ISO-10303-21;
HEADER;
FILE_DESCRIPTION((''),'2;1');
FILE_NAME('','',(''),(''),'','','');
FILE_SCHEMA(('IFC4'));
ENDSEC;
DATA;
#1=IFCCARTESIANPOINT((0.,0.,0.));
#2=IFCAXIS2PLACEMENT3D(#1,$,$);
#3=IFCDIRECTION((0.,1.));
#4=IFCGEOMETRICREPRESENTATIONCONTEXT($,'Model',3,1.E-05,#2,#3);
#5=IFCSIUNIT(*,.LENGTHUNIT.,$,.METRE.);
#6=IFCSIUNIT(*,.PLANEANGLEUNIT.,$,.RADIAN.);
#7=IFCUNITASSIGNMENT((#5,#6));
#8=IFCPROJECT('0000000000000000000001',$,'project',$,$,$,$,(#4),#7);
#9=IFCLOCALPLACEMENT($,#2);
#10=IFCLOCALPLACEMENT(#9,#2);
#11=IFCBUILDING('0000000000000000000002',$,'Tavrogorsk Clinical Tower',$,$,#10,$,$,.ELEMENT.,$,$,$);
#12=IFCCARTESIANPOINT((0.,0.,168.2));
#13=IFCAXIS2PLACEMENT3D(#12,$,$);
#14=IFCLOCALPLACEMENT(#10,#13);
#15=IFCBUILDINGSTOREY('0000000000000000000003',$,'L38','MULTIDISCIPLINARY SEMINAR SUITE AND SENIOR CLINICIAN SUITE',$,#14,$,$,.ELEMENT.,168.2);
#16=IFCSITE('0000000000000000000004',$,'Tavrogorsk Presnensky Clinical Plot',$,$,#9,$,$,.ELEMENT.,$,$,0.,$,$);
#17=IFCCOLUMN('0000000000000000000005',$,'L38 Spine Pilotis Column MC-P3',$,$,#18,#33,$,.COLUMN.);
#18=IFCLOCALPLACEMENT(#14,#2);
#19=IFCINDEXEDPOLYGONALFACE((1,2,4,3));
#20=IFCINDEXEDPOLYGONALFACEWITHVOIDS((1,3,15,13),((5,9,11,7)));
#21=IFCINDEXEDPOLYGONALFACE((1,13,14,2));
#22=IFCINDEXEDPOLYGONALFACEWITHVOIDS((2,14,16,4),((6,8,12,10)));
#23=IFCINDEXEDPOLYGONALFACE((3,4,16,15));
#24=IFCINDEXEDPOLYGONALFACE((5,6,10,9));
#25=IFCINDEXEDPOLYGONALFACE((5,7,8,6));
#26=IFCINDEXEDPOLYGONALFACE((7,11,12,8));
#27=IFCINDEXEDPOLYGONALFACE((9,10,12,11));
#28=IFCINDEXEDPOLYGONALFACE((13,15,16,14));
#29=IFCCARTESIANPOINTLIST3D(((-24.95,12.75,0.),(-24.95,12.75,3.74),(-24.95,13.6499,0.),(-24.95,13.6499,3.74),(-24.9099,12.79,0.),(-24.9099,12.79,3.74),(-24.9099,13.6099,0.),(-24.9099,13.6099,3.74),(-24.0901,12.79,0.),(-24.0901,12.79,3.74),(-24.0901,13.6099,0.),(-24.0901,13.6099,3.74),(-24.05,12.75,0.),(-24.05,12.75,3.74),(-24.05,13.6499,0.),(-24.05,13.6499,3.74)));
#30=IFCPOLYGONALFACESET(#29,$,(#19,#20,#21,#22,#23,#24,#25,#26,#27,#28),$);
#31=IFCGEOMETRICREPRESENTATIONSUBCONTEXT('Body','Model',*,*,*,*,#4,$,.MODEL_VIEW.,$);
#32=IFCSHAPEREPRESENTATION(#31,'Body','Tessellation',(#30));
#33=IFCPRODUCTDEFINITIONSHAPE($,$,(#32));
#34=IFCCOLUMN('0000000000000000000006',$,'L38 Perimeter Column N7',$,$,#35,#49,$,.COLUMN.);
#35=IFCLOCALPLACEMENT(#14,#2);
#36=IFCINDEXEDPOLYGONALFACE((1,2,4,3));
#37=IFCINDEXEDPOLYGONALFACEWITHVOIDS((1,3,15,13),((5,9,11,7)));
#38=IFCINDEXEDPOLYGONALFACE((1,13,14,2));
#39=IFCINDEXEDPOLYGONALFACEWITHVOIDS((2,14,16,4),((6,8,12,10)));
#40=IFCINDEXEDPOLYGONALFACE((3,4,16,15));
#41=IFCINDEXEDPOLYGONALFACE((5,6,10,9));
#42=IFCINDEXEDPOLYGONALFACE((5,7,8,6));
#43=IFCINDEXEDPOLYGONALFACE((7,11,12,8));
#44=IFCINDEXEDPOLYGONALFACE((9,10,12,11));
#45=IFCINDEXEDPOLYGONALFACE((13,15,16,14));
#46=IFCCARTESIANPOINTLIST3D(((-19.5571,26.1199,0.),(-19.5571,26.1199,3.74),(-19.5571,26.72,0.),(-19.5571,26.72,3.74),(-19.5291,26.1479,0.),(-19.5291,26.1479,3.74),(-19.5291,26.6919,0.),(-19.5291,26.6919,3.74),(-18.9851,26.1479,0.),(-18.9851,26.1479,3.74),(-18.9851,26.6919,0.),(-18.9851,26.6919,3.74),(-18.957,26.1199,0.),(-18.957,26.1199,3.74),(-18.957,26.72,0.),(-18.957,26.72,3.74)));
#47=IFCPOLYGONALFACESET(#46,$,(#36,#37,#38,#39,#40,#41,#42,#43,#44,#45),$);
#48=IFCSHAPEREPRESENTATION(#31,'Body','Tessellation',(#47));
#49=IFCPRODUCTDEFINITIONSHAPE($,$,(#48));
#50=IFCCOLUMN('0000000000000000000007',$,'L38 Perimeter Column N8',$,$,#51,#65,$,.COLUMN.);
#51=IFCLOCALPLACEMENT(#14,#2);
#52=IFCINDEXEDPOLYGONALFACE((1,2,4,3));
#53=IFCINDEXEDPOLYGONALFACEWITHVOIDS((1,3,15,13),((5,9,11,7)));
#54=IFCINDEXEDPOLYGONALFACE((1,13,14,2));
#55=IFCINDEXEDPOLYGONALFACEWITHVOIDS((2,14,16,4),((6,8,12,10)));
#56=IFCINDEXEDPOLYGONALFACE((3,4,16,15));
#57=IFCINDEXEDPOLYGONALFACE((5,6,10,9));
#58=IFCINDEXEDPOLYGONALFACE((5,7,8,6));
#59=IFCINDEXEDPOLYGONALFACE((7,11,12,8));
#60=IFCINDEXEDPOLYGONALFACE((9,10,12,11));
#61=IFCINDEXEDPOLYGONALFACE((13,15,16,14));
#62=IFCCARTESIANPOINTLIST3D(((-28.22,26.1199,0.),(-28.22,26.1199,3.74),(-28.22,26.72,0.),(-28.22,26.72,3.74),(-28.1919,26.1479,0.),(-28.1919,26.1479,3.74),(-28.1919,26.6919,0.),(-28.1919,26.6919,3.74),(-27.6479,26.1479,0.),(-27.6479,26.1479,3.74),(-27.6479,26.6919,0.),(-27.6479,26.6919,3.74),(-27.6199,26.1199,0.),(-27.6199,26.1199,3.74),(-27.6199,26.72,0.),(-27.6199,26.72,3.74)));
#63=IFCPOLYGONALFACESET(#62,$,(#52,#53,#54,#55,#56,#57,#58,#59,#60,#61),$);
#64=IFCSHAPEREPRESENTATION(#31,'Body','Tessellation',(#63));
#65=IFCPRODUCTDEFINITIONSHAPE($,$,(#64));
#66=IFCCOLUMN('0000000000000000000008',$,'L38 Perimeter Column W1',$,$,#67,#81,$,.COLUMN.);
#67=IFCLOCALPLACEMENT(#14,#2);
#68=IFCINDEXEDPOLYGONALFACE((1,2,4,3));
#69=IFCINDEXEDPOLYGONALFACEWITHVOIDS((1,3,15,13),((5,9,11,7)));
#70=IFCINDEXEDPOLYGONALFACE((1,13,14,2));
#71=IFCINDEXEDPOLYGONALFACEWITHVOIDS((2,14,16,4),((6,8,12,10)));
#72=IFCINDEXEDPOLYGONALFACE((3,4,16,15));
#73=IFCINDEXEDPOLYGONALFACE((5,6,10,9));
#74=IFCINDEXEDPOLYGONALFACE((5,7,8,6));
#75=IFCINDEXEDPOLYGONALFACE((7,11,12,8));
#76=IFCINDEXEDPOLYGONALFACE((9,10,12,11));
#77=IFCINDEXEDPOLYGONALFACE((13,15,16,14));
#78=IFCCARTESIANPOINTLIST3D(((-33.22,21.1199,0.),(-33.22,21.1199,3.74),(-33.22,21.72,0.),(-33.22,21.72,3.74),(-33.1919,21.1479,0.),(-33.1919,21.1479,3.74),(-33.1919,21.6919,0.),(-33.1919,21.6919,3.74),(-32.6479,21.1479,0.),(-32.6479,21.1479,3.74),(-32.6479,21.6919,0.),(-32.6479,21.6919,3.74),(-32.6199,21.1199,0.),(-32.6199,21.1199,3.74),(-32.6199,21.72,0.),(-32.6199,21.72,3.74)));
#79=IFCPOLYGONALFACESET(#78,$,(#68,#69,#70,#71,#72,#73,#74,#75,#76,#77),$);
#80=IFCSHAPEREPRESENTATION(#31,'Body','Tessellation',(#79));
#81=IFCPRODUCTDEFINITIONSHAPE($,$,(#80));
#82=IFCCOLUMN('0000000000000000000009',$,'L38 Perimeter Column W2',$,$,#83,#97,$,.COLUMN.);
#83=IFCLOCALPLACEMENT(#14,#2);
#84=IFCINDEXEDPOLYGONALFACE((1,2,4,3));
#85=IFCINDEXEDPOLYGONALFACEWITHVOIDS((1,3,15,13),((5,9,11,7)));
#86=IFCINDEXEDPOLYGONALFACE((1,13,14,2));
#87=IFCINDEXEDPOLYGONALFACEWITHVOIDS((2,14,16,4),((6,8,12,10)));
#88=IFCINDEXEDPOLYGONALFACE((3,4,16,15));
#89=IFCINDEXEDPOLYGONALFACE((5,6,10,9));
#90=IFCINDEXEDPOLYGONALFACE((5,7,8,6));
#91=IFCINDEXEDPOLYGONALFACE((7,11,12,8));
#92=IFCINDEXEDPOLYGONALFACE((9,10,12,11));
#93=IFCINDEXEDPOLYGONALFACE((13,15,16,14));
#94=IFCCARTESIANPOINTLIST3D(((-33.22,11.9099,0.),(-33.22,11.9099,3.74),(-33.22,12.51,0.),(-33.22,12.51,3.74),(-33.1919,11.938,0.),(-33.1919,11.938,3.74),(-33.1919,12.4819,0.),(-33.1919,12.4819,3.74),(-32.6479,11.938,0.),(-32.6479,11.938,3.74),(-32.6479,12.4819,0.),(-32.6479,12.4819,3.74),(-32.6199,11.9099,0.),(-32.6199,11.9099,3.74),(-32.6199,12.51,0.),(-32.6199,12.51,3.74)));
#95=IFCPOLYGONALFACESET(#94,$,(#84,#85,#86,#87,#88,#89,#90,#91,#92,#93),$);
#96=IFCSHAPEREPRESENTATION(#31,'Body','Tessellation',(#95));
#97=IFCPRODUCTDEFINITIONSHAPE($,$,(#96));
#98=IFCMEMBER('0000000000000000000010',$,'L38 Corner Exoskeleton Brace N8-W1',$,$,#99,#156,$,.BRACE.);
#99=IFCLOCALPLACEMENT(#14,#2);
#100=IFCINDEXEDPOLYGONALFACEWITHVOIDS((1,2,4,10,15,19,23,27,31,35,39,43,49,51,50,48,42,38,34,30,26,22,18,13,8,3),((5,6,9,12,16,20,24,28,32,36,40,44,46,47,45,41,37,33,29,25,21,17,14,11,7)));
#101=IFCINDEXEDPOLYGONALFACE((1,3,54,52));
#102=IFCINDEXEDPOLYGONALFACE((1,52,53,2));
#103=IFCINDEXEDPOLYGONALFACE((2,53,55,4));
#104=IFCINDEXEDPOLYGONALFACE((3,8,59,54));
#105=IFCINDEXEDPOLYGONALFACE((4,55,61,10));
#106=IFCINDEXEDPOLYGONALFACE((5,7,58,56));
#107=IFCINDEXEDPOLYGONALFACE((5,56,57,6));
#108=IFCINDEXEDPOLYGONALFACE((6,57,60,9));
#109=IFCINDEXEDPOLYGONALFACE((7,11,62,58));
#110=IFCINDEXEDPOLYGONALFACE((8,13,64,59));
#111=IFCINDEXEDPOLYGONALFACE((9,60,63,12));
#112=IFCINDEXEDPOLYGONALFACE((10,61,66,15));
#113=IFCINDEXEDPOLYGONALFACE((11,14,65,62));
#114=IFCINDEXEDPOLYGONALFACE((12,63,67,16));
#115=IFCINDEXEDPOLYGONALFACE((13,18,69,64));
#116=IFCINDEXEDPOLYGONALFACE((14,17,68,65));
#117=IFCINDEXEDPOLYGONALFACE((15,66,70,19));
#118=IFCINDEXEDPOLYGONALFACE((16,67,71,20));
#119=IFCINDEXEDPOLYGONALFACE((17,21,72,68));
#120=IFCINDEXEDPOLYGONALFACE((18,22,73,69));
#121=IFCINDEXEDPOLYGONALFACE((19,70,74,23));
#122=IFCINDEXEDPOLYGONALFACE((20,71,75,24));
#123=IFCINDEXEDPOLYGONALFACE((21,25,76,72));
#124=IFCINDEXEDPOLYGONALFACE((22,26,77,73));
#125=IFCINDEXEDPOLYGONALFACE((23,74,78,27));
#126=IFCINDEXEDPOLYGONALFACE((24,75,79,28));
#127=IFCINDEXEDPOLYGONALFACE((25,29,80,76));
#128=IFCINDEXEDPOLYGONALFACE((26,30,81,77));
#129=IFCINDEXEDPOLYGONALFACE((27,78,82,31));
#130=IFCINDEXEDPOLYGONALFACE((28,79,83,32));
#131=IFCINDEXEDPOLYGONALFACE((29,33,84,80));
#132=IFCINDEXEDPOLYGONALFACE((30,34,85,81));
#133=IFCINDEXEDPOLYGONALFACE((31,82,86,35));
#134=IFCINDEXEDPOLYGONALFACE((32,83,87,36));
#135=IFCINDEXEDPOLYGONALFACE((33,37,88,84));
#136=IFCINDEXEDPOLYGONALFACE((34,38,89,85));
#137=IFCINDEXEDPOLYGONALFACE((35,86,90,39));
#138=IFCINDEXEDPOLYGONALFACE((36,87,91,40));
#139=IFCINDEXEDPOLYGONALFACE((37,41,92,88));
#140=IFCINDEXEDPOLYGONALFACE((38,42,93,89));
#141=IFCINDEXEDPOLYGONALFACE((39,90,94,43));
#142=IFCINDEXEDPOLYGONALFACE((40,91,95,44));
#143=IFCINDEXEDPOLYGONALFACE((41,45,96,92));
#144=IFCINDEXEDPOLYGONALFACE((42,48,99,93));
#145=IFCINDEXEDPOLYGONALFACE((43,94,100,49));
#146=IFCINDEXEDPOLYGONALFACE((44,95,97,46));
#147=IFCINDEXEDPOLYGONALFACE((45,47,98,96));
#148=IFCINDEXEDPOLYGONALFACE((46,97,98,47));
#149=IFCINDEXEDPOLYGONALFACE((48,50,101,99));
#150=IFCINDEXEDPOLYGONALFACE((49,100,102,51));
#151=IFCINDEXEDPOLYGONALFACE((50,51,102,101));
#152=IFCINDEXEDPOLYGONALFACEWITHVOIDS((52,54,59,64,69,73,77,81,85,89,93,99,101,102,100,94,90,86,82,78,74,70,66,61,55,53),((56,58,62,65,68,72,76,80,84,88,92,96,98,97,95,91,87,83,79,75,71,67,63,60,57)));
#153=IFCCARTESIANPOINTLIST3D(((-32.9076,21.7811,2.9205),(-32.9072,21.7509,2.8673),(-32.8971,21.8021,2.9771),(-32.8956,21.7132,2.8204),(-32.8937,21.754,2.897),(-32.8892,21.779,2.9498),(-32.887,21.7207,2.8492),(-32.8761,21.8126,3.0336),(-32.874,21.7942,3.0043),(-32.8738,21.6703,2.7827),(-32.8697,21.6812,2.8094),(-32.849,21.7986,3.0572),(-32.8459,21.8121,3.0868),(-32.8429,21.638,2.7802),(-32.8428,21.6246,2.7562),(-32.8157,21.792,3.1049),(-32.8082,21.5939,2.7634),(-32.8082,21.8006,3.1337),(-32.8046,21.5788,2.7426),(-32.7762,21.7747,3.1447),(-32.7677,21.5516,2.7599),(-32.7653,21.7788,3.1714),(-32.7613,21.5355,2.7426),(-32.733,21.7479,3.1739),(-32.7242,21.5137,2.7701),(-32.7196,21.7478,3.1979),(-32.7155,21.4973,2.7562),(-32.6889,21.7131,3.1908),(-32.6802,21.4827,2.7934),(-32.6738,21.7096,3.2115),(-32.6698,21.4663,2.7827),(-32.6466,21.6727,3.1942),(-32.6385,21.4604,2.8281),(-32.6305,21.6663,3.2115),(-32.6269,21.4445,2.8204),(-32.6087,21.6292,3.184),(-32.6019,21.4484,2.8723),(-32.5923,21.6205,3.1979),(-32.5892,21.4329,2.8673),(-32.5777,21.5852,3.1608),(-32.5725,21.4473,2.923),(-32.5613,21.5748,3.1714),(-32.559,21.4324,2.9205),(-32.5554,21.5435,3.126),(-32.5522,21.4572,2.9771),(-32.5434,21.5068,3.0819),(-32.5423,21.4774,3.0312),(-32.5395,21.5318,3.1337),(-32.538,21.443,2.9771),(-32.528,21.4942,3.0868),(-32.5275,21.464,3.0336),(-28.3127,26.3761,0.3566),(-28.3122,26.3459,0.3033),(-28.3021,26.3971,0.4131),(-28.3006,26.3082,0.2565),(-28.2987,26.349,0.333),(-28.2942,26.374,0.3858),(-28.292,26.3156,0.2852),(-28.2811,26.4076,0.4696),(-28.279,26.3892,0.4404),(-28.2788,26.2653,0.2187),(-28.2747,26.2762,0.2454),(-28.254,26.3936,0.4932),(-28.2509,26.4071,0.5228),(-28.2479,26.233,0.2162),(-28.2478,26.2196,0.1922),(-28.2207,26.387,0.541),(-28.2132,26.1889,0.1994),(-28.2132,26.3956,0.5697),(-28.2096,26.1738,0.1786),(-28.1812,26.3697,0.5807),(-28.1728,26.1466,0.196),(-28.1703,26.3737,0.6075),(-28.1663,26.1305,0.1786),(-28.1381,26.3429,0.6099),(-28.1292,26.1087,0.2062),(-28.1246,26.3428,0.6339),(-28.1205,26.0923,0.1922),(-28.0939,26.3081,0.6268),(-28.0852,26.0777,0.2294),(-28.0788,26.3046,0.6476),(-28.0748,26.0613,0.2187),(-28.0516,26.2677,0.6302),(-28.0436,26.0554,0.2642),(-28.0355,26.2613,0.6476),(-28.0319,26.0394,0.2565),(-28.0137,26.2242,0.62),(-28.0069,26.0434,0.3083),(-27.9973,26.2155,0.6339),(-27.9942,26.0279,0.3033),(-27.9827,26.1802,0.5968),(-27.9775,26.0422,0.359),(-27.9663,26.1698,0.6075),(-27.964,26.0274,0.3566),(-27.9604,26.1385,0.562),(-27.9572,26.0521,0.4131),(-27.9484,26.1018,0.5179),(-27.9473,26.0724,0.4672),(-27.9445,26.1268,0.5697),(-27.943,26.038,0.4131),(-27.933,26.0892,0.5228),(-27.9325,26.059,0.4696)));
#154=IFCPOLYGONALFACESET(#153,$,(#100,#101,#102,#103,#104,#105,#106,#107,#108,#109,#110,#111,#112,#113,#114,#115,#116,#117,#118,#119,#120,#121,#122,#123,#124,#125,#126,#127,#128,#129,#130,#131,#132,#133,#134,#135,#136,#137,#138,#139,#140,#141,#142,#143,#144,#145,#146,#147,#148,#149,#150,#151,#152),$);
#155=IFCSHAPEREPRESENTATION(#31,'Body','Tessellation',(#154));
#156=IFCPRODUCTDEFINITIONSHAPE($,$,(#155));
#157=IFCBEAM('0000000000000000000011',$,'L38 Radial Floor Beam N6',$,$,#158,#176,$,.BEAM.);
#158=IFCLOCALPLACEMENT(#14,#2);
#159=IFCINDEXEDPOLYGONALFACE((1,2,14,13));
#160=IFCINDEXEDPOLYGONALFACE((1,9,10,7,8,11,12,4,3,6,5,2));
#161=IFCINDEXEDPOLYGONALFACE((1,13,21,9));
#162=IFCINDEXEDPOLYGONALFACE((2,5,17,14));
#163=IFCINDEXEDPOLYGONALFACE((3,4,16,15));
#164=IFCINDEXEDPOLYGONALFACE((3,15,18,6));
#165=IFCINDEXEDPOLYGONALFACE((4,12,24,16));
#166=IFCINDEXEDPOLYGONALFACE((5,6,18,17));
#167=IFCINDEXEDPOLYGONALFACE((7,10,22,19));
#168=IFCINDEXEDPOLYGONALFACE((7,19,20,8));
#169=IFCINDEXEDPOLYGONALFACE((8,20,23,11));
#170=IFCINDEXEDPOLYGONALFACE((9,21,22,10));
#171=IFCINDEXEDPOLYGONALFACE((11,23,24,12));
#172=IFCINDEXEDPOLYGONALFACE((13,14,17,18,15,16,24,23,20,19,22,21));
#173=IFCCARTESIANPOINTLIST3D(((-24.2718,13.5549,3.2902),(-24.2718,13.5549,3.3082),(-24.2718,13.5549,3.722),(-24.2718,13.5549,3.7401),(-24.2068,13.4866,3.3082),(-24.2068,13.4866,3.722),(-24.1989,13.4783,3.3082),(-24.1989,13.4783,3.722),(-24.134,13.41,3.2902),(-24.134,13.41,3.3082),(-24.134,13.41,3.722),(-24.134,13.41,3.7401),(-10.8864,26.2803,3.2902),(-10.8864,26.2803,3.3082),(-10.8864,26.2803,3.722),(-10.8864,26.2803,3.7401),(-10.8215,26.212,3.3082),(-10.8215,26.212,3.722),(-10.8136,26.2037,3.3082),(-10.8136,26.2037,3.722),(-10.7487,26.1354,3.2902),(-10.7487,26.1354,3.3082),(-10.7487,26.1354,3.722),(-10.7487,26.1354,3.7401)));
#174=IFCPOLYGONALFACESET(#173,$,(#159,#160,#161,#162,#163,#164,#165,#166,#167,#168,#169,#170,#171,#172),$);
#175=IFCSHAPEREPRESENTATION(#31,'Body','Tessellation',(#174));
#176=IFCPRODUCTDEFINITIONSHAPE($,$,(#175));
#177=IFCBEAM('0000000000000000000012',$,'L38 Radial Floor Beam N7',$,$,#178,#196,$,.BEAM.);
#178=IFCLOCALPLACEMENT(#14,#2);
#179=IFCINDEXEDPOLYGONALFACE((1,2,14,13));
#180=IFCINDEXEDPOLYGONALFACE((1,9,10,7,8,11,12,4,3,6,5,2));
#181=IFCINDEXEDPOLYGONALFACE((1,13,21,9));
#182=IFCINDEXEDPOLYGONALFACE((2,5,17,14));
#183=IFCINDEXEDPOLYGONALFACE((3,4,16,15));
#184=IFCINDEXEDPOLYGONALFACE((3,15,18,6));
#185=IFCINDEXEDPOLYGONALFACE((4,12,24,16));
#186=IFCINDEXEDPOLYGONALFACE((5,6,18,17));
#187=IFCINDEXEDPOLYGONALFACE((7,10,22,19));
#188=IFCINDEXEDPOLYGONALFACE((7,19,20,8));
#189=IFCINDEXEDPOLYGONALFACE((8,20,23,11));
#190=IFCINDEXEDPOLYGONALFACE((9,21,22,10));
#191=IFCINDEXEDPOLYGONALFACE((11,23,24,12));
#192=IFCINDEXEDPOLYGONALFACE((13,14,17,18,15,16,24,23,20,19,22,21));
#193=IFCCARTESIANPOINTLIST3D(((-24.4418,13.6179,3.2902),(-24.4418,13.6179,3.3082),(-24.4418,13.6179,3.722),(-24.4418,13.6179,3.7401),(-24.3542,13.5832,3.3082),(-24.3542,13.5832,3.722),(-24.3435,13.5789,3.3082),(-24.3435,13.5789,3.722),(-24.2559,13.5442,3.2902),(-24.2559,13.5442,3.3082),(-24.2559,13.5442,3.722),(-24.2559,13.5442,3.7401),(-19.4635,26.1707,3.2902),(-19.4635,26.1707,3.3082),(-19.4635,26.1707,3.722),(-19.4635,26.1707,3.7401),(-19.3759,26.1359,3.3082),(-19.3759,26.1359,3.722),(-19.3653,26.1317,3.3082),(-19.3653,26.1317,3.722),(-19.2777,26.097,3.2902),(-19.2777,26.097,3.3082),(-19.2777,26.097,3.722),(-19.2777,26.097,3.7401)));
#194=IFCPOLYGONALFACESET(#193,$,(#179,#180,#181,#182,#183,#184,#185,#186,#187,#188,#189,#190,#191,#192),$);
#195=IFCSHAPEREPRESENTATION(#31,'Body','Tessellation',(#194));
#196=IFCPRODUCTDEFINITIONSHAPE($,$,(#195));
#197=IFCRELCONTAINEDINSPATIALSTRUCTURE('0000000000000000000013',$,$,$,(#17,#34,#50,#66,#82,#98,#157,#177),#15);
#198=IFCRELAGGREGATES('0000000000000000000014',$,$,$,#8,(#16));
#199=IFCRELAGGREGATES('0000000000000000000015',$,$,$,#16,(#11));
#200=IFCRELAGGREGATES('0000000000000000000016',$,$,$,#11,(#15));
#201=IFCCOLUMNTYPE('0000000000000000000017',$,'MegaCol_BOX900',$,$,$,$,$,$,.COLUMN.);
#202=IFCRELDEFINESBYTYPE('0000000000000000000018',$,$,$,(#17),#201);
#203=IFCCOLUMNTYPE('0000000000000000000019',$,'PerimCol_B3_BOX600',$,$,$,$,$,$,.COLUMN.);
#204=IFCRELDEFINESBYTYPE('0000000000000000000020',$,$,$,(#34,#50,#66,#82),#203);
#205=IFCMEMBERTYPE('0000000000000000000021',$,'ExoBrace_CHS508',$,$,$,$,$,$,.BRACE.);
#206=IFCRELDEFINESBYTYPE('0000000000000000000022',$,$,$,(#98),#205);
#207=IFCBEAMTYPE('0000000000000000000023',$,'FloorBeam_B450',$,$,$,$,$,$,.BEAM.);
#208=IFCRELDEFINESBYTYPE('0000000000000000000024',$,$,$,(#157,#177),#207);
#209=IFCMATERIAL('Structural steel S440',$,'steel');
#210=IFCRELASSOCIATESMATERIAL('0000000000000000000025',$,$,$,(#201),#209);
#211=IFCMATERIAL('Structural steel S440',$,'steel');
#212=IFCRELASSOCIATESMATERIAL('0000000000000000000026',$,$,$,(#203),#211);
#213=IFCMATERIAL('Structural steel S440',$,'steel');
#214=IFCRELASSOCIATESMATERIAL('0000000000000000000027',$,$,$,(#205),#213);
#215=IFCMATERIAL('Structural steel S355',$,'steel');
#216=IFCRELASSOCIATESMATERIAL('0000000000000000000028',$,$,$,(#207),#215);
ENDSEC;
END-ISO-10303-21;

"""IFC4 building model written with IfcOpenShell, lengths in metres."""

from ifc_helpers import new_model, si_unit, direction, frame, origin, origin_2d, place, context, subcontext, project, spatial, hollow_rectangle, hollow_circle, i_section, extrude, material, material_profile, profile_set, type_object, element, save


model = new_model("IFC4")

# Units and contexts
model_context = context("Model", 3, precision=1e-05, world=origin(), true_north=direction((0.0, 1.0)))
body_context = subcontext(model_context, "Body", "Model", "MODEL_VIEW")
ifc_project = project(units=[si_unit("LENGTHUNIT", "METRE"), si_unit("PLANEANGLEUNIT", "RADIAN")], contexts=[model_context])

# Site, building, storey
site_placement = place(None, origin())
site = spatial("IfcSite", under=ifc_project, at=site_placement, Name="Tavrogorsk Presnensky Clinical Plot", CompositionType="ELEMENT", RefElevation=0.0)
building_placement = place(site_placement, origin())
building = spatial("IfcBuilding", under=site, at=building_placement, Name="Tavrogorsk Clinical Tower", CompositionType="ELEMENT")
storey_placement = place(building_placement, frame((0.0, 0.0, 168.2)))
storey = spatial("IfcBuildingStorey", under=building, at=storey_placement, Name="L38", Description="MULTIDISCIPLINARY SEMINAR SUITE AND SENIOR CLINICIAN SUITE", CompositionType="ELEMENT", Elevation=168.2)

# Columns
ifc_material_1 = material(Name="Structural steel S440", Category="steel")
ifc_material_profile_1 = material_profile(ifc_material_1, hollow_rectangle(XDim=0.8999, YDim=0.8999, WallThickness=0.04, at=origin_2d()), Name="BOX-900x900x40")
ifc_profile_set_1 = profile_set([ifc_material_profile_1], Name="Structural steel S440")
column_type_1 = type_object("IfcColumnType", Name="MegaCol_BOX900", PredefinedType="COLUMN", material=ifc_profile_set_1)
column_placement = place(storey_placement, frame((-24.5, 13.2, 0.0), z_axis=(0.0, 0.0, 1.0), x_axis=(1.0, 0.0, 0.0)))
element("IfcColumn", 1, at=column_placement, inside=storey, type_object=column_type_1, Name="L38 Spine Pilotis Column MC-P3", PredefinedType="COLUMN", context=body_context, shape_type="SweptSolid", body=[
    extrude(hollow_rectangle(XDim=0.8999, YDim=0.8999, WallThickness=0.04, at=origin_2d()), origin(), (0.0, 0.0, 1.0), 3.74),
])
ifc_material_2 = material(Name="Structural steel S440", Category="steel")
ifc_material_profile_2 = material_profile(ifc_material_2, hollow_rectangle(XDim=0.6001, YDim=0.6001, WallThickness=0.0281, at=origin_2d()), Name="BOX-600x600x28")
ifc_profile_set_2 = profile_set([ifc_material_profile_2], Name="Structural steel S440")
column_type_2 = type_object("IfcColumnType", Name="PerimCol_B3_BOX600", PredefinedType="COLUMN", material=ifc_profile_set_2)
for number, where, z_axis, x_axis, name in (
    (2, (-19.2571, 26.4199, 0.0), (0.0, 0.0, 1.0), (1.0, 0.0, 0.0), "L38 Perimeter Column N7"),
    (3, (-27.9199, 26.4199, 0.0), (0.0, 0.0, 1.0), (1.0, 0.0, 0.0), "L38 Perimeter Column N8"),
    (4, (-32.9199, 21.4199, 0.0), (0.0, 0.0, 1.0), (1.0, 0.0, 0.0), "L38 Perimeter Column W1"),
    (5, (-32.9199, 12.21, 0.0), (0.0, 0.0, 1.0), (1.0, 0.0, 0.0), "L38 Perimeter Column W2"),
):
    element("IfcColumn", number, at=place(storey_placement, frame(where, z_axis=z_axis, x_axis=x_axis)), inside=storey, type_object=column_type_2, Name=name, PredefinedType="COLUMN", context=body_context, shape_type="SweptSolid", body=[
        extrude(hollow_rectangle(XDim=0.6001, YDim=0.6001, WallThickness=0.0281, at=origin_2d()), origin(), (0.0, 0.0, 1.0), 3.74),
    ])

# Member
ifc_material_3 = material(Name="Structural steel S440", Category="steel")
ifc_material_profile_3 = material_profile(ifc_material_3, hollow_circle(Radius=0.2539, WallThickness=0.02, at=origin_2d()), Name="CHS-508x20")
ifc_profile_set_3 = profile_set([ifc_material_profile_3], Name="Structural steel S440")
member_type = type_object("IfcMemberType", Name="ExoBrace_CHS508", PredefinedType="BRACE", material=ifc_profile_set_3)
member_placement = place(storey_placement, frame((-28.1226, 26.2175, 0.4131), z_axis=(-0.657759, -0.657759, 0.367025), x_axis=(0.707107, -0.707107, 0.0)))
element("IfcMember", 6, at=member_placement, inside=storey, type_object=member_type, Name="L38 Corner Exoskeleton Brace N8-W1", PredefinedType="BRACE", context=body_context, shape_type="SweptSolid", body=[
    extrude(hollow_circle(Radius=0.2539, WallThickness=0.02, at=origin_2d()), origin(), (0.0, 0.0, 1.0), 6.9858),
])

# Beams
ifc_material_4 = material(Name="Structural steel S355", Category="steel")
ifc_material_profile_4 = material_profile(ifc_material_4, i_section(OverallWidth=0.2, OverallDepth=0.45, WebThickness=0.0115, FlangeThickness=0.0181, at=origin_2d()), Name="B-450x200x11.5x18")
ifc_profile_set_4 = profile_set([ifc_material_profile_4], Name="Structural steel S355")
beam_type_1 = type_object("IfcBeamType", Name="FloorBeam_B450", PredefinedType="BEAM", material=ifc_profile_set_4)
beam_1_placement = place(storey_placement, frame((-24.2029, 13.4824, 3.5151), z_axis=(0.724747, 0.689016, 0.0), x_axis=(-0.689016, 0.724747, 0.0)))
element("IfcBeam", 7, at=beam_1_placement, inside=storey, type_object=beam_type_1, Name="L38 Radial Floor Beam N6", PredefinedType="BEAM", context=body_context, shape_type="SweptSolid", body=[
    extrude(i_section(OverallWidth=0.2, OverallDepth=0.45, WebThickness=0.0115, FlangeThickness=0.0181, at=origin_2d()), origin(), (0.0, 0.0, 1.0), 18.469),
])
beam_2_placement = place(storey_placement, frame((-24.3489, 13.5811, 3.5151), z_axis=(0.368655, 0.929566, 0.0), x_axis=(-0.929566, 0.368655, 0.0)))
element("IfcBeam", 8, at=beam_2_placement, inside=storey, type_object=beam_type_1, Name="L38 Radial Floor Beam N7", PredefinedType="BEAM", context=body_context, shape_type="SweptSolid", body=[
    extrude(i_section(OverallWidth=0.2, OverallDepth=0.45, WebThickness=0.0115, FlangeThickness=0.0181, at=origin_2d()), origin(), (0.0, 0.0, 1.0), 13.5039),
])

save(model, "model.ifc")
